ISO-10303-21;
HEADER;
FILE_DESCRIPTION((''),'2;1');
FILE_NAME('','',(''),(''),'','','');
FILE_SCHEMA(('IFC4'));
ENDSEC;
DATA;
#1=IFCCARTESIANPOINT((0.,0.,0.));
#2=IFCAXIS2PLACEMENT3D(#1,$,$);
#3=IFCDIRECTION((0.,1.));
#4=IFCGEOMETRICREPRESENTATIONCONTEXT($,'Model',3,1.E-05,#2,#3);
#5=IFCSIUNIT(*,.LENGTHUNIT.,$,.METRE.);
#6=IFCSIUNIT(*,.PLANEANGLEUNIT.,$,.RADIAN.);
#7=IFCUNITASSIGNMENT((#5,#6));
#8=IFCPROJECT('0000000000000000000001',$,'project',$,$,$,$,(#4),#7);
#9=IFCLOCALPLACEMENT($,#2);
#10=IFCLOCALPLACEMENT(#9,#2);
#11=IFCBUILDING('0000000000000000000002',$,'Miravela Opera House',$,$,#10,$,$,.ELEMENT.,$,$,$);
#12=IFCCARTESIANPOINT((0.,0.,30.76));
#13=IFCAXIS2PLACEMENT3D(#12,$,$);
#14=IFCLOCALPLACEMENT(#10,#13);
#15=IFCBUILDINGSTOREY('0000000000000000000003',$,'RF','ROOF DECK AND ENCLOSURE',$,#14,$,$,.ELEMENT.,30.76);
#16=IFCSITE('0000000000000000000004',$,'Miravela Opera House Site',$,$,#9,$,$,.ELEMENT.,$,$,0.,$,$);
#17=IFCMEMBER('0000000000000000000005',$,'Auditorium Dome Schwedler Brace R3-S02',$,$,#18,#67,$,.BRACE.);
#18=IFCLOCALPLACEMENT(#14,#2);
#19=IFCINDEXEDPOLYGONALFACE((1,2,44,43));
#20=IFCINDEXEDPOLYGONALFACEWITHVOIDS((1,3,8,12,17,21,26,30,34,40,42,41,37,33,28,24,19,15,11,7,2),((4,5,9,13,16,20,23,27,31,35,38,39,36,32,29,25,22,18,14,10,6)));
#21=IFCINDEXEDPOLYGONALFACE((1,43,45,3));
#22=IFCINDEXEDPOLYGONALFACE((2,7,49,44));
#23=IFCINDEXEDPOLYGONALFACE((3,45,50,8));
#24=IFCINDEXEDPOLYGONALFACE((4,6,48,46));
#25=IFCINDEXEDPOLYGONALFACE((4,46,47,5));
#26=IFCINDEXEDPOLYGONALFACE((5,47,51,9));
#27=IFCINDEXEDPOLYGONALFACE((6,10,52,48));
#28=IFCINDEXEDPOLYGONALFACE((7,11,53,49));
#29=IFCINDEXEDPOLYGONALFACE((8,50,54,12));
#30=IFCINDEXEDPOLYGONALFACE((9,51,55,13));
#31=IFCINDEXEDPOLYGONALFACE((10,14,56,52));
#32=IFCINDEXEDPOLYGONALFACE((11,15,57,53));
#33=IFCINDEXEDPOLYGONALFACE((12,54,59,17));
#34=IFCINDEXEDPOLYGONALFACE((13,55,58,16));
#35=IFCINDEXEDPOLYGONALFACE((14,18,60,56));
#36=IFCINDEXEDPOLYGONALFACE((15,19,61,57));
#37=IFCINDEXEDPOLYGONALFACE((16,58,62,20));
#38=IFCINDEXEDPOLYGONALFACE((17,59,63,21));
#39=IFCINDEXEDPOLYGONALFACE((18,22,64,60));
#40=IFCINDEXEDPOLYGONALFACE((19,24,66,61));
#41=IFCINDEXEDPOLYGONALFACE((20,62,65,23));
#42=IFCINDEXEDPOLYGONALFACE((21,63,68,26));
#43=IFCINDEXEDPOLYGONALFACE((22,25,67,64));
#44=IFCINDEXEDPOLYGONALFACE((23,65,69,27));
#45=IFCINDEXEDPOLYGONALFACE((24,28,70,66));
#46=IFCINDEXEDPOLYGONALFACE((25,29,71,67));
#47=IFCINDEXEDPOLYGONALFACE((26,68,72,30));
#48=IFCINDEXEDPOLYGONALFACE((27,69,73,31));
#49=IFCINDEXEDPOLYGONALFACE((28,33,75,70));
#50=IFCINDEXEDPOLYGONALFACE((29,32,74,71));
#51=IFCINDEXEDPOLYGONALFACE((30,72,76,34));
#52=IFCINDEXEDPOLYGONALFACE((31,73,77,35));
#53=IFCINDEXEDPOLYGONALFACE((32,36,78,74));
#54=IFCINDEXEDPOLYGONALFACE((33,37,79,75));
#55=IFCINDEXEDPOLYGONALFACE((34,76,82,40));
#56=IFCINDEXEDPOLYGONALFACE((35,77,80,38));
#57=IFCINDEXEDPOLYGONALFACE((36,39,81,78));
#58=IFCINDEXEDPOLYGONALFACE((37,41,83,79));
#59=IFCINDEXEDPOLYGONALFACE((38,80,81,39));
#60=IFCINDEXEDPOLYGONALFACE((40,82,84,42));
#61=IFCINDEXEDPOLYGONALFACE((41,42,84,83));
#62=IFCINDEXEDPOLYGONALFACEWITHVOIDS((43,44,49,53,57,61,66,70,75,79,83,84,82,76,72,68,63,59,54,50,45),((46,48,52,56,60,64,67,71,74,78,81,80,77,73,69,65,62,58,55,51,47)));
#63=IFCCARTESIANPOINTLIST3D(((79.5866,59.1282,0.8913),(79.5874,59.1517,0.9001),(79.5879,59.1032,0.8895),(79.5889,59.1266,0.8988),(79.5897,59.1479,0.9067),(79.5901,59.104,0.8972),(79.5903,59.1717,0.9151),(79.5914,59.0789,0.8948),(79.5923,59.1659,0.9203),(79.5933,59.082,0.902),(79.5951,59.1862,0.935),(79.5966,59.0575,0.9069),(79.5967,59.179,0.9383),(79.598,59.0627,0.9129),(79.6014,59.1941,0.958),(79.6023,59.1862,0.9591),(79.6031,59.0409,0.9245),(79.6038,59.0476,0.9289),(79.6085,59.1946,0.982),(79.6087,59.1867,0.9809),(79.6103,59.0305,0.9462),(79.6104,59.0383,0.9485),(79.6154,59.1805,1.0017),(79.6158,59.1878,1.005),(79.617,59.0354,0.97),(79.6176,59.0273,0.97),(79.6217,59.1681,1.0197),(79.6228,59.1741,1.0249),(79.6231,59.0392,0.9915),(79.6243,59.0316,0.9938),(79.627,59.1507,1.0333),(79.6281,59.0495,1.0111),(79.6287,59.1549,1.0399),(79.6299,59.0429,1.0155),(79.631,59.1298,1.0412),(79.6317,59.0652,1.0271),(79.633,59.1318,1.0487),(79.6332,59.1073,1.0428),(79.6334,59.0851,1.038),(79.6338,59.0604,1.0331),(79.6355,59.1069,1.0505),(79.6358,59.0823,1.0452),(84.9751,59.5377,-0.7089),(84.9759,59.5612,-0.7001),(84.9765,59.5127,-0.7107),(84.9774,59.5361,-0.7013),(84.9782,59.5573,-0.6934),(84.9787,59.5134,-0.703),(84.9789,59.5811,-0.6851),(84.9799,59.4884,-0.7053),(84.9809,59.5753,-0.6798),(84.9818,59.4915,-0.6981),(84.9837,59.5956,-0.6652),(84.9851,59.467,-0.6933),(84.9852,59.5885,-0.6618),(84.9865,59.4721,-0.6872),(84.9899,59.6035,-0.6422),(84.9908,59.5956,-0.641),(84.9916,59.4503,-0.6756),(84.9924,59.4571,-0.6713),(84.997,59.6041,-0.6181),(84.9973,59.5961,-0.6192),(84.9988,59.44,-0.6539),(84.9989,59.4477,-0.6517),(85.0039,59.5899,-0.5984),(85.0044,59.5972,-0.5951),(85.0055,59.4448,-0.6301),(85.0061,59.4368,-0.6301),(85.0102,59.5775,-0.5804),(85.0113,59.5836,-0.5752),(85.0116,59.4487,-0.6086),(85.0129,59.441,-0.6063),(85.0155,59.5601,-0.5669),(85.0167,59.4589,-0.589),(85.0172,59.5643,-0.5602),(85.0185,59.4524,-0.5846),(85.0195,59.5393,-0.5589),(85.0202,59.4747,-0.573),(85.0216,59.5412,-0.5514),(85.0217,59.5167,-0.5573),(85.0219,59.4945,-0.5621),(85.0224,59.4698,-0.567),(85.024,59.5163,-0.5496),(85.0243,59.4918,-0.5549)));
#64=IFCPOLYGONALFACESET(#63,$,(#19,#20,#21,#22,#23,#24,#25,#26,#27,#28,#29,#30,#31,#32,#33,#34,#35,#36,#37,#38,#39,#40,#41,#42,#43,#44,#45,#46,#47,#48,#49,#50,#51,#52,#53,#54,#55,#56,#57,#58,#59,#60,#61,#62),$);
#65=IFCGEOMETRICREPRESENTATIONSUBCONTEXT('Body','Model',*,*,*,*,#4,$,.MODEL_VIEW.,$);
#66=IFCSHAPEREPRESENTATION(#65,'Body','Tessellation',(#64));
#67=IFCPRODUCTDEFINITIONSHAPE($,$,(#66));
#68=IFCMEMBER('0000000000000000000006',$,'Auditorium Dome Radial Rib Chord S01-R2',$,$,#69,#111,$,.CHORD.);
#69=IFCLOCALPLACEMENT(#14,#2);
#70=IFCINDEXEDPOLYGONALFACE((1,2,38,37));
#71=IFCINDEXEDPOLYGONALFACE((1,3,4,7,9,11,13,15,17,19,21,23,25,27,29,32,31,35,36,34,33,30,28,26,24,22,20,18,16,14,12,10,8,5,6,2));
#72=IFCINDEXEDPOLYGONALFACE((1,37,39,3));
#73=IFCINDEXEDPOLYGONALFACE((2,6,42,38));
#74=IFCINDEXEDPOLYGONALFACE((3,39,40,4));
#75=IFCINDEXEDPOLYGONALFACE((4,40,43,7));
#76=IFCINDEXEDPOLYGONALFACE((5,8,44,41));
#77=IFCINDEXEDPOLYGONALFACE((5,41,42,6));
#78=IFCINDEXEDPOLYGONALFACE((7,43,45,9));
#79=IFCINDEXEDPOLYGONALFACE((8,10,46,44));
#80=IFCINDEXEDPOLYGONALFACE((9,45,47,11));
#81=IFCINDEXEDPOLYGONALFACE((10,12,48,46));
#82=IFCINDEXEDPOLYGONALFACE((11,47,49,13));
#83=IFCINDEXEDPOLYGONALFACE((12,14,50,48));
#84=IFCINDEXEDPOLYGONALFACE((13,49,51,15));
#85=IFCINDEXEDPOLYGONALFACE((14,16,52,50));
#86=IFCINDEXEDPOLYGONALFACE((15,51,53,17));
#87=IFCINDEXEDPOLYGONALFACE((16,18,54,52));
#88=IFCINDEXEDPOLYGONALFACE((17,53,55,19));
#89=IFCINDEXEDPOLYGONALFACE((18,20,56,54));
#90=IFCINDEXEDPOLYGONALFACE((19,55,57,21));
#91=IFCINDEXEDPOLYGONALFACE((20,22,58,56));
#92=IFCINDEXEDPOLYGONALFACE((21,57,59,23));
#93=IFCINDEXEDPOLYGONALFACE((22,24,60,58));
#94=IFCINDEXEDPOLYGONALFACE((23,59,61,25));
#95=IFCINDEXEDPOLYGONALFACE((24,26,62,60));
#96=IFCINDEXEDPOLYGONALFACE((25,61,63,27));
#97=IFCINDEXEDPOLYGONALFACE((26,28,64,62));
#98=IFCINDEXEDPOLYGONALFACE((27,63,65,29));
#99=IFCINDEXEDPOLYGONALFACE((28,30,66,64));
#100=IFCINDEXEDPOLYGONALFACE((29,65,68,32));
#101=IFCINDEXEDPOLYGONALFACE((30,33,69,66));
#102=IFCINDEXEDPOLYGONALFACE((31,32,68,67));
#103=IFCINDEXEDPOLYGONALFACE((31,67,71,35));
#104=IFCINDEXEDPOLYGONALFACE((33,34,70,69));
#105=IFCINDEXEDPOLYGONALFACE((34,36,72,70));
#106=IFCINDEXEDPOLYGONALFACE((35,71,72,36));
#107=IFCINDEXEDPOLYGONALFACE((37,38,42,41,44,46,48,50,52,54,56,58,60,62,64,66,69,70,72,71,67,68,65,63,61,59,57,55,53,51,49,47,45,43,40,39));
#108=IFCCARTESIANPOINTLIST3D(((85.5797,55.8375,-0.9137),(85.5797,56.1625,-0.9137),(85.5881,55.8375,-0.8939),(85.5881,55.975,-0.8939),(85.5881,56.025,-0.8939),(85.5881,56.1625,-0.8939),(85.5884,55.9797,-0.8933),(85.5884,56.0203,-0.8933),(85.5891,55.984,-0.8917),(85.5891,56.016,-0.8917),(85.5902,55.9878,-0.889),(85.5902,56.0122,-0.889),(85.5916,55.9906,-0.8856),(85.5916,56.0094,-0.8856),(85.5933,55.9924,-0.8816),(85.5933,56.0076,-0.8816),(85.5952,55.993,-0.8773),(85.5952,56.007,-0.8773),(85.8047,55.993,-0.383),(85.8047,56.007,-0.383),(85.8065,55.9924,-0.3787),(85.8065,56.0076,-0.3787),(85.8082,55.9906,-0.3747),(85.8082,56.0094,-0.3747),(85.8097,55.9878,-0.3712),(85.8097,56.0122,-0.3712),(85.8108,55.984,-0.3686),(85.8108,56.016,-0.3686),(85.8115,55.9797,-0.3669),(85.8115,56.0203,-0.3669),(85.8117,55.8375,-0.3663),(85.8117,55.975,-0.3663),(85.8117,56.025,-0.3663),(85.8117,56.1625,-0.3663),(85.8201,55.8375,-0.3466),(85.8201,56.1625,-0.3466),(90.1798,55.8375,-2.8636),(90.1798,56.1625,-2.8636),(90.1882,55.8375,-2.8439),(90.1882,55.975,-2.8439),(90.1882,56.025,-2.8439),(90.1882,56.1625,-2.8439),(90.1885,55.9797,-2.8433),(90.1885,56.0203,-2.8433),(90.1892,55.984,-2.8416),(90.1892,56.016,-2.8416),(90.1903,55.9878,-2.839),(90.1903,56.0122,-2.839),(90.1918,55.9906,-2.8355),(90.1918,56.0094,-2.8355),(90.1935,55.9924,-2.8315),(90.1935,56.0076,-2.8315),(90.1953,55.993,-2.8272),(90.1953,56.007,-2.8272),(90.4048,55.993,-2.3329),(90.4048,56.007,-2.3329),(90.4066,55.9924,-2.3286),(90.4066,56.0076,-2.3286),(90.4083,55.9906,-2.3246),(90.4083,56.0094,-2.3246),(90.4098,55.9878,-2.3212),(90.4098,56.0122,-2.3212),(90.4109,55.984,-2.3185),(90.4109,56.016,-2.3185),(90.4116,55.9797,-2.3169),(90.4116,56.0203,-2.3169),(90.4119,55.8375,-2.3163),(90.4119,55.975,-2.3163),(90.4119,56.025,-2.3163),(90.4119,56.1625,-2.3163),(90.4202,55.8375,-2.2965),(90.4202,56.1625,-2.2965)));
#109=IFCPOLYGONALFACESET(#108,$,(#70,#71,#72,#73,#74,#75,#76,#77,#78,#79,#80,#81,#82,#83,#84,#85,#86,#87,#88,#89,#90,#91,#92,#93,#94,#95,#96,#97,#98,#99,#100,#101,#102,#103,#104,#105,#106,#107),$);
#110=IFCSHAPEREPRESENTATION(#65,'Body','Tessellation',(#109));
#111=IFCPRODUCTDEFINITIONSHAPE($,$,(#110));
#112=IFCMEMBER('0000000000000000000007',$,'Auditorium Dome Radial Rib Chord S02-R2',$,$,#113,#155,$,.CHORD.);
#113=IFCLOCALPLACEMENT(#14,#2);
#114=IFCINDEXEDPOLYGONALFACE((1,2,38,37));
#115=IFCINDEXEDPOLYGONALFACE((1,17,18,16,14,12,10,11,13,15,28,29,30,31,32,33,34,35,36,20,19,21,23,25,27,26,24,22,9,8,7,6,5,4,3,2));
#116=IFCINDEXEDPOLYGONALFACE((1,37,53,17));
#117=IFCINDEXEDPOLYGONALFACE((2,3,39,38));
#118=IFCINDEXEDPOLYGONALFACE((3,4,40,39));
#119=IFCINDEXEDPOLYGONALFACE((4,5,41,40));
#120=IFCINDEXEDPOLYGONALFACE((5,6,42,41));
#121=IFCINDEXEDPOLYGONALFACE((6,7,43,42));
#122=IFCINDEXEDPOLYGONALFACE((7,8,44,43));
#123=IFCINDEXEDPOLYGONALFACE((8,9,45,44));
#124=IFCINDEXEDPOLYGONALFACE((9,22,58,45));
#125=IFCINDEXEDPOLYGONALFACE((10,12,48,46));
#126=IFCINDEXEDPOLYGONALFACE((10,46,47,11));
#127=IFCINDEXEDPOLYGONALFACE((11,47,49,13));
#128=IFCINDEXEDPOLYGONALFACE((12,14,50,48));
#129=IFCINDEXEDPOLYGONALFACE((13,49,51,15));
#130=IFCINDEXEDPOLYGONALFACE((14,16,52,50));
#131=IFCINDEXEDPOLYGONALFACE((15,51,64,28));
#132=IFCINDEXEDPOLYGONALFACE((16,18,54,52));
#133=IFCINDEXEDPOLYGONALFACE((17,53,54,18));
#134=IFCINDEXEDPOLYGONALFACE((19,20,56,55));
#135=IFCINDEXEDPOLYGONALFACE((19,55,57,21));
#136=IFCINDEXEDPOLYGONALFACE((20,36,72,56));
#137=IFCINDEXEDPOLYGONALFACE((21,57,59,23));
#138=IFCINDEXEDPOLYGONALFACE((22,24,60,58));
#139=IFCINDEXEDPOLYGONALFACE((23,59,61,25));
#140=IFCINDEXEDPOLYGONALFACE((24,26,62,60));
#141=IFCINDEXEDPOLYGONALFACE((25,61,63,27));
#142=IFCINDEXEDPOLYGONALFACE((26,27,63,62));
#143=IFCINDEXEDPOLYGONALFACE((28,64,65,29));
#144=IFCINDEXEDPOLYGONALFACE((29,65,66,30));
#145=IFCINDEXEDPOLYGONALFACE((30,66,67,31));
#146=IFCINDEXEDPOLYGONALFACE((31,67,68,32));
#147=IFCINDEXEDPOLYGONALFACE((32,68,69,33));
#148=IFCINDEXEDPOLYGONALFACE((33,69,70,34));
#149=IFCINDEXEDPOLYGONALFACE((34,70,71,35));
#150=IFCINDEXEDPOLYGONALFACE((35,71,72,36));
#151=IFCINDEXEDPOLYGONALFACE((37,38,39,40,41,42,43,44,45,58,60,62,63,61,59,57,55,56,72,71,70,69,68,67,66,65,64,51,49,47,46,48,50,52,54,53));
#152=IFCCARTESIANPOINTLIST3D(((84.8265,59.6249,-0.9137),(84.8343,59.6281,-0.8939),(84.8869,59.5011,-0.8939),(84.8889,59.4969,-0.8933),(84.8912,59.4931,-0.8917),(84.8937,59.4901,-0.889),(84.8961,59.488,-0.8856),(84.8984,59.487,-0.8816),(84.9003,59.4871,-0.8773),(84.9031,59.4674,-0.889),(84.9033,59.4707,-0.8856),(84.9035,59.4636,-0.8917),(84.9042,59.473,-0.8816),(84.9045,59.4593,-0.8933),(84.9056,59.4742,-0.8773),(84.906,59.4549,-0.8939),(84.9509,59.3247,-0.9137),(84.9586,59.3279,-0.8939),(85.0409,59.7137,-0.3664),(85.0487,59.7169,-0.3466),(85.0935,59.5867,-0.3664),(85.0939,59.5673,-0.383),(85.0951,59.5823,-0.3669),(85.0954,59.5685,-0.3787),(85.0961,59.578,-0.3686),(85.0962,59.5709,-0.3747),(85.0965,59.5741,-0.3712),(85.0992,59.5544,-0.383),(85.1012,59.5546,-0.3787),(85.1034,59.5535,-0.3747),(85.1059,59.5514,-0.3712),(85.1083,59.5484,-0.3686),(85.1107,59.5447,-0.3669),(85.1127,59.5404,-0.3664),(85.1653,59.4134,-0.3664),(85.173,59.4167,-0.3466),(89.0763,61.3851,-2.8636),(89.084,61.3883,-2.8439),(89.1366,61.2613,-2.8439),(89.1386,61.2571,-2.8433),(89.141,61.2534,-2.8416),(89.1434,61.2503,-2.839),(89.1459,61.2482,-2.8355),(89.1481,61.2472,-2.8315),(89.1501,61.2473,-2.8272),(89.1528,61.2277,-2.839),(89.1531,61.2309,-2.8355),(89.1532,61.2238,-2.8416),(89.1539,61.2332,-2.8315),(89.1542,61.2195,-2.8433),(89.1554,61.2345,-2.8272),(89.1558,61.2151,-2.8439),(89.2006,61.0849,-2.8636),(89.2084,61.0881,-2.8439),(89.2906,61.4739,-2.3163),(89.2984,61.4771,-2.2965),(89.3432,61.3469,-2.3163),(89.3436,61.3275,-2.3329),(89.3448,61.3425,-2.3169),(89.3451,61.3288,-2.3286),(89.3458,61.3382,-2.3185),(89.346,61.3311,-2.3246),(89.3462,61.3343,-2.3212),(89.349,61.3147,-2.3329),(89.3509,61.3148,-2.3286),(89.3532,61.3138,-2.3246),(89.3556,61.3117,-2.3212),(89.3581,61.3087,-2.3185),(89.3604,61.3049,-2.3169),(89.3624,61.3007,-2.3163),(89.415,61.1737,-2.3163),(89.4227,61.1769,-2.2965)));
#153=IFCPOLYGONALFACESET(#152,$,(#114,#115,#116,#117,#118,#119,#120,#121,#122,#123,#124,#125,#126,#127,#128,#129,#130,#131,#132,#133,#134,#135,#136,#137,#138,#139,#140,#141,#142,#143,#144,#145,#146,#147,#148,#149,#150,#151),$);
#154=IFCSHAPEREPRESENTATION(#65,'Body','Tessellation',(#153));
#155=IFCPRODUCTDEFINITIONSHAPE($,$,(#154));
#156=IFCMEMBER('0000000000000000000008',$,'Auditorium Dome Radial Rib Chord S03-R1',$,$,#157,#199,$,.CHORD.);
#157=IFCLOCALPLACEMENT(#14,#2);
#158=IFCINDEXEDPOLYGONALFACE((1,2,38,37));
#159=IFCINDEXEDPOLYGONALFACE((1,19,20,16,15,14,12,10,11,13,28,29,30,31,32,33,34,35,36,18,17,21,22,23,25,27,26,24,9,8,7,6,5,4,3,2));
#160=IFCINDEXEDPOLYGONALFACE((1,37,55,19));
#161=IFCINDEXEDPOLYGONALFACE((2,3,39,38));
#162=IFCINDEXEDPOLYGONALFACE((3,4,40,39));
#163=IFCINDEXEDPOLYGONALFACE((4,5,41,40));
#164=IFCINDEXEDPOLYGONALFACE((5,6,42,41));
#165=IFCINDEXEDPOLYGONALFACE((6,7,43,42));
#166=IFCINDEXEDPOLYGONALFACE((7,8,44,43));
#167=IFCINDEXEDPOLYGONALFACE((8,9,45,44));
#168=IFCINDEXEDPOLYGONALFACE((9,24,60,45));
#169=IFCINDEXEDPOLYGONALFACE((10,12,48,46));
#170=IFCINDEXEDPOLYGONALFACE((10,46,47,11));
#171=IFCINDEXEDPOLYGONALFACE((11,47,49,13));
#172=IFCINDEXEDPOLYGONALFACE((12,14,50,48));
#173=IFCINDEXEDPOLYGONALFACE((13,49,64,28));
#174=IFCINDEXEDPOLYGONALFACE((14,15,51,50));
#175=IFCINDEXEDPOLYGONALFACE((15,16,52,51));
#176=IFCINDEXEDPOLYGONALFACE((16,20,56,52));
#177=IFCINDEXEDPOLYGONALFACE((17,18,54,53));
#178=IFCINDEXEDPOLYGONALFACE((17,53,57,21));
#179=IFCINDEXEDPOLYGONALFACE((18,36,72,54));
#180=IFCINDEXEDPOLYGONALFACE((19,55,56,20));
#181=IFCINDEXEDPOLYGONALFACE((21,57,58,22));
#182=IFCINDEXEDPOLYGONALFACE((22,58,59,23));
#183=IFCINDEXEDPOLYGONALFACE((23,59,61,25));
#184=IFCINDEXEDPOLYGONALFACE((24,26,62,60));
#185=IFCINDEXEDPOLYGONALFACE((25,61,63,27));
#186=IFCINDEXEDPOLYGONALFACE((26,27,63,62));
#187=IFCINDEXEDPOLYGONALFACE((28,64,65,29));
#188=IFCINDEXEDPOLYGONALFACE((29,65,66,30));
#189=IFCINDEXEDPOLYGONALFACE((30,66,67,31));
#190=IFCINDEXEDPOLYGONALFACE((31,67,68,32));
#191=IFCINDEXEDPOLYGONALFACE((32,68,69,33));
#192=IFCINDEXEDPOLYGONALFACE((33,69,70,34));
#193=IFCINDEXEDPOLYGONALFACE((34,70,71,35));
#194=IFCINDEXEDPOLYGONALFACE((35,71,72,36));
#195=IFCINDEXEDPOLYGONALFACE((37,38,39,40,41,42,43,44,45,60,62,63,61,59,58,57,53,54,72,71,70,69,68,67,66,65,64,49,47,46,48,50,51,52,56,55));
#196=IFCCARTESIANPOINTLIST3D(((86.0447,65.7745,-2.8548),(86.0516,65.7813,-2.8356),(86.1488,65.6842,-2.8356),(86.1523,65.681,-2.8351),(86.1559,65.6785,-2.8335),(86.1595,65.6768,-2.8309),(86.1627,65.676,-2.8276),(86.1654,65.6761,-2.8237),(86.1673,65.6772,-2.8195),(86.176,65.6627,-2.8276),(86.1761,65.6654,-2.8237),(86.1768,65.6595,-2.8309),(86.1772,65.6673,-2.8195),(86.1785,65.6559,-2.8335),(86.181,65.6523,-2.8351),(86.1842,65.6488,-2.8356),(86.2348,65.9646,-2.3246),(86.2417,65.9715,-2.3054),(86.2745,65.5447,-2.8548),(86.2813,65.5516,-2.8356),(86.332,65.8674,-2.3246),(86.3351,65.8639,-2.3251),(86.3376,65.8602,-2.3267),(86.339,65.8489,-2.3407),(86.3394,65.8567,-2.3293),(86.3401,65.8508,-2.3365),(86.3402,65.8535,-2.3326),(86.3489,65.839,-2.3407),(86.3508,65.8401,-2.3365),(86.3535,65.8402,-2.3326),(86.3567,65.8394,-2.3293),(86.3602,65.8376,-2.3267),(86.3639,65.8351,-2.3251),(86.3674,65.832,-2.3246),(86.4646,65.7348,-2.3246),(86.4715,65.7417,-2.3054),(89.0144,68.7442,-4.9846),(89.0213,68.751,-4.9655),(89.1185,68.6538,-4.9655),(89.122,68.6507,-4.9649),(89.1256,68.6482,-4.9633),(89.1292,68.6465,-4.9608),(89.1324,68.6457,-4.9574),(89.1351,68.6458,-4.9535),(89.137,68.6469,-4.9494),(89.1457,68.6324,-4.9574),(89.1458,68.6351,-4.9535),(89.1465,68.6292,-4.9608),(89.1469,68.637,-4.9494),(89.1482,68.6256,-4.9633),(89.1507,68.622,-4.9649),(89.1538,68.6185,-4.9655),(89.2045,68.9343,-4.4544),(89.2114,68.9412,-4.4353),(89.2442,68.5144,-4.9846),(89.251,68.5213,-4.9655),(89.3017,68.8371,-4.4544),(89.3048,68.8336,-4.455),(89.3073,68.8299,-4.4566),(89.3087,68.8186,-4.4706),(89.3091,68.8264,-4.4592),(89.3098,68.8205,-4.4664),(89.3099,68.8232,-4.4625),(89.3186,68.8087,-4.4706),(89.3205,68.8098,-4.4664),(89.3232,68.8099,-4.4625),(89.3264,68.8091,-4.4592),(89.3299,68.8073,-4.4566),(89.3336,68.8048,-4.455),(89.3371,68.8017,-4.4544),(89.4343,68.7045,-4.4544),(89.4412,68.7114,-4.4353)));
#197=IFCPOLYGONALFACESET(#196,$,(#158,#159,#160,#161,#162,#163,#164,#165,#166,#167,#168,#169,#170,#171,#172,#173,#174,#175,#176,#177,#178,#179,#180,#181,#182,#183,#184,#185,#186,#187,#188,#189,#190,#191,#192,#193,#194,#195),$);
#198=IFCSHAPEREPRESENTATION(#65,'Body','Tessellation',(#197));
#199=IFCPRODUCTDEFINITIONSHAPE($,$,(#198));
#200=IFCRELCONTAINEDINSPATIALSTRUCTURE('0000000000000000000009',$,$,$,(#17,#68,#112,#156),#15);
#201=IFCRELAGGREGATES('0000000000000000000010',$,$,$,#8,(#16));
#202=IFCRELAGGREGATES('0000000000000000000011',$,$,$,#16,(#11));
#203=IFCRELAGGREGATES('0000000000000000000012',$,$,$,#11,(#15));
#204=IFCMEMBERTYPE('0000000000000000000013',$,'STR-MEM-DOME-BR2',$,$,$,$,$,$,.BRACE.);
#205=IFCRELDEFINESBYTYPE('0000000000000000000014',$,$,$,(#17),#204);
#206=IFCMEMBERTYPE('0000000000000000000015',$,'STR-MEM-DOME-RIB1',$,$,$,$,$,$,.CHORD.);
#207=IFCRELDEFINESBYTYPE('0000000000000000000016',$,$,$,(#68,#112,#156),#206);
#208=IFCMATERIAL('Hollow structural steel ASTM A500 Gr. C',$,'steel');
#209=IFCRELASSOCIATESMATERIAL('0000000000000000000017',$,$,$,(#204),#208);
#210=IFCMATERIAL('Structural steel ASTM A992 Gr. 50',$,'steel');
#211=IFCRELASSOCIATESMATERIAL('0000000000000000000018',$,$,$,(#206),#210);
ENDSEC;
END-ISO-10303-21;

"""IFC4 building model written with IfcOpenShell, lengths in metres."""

from ifc_helpers import new_model, si_unit, direction, frame, origin, origin_2d, place, context, subcontext, project, spatial, hollow_circle, i_section, extrude, material, material_profile, profile_set, type_object, element, save


model = new_model("IFC4")

# Units and contexts
model_context = context("Model", 3, precision=1e-05, world=origin(), true_north=direction((0.0, 1.0)))
body_context = subcontext(model_context, "Body", "Model", "MODEL_VIEW")
ifc_project = project(units=[si_unit("LENGTHUNIT", "METRE"), si_unit("PLANEANGLEUNIT", "RADIAN")], contexts=[model_context])

# Site, building, storey
site_placement = place(None, origin())
site = spatial("IfcSite", under=ifc_project, at=site_placement, Name="Miravela Opera House Site", CompositionType="ELEMENT", RefElevation=0.0)
building_placement = place(site_placement, origin())
building = spatial("IfcBuilding", under=site, at=building_placement, Name="Miravela Opera House", CompositionType="ELEMENT")
storey_placement = place(building_placement, frame((0.0, 0.0, 30.76)))
storey = spatial("IfcBuildingStorey", under=building, at=storey_placement, Name="RF", Description="ROOF DECK AND ENCLOSURE", CompositionType="ELEMENT", Elevation=30.76)

# Shared definitions
ifc_material_1 = material(Name="Structural steel ASTM A992 Gr. 50", Category="steel")

# Members
ifc_material_2 = material(Name="Hollow structural steel ASTM A500 Gr. C", Category="steel")
ifc_material_profile_1 = material_profile(ifc_material_2, hollow_circle(Radius=0.0842, WallThickness=0.0081, at=origin_2d()), Name="CHS168X8")
ifc_profile_set_1 = profile_set([ifc_material_profile_1])
member_type_1 = type_object("IfcMemberType", Name="STR-MEM-DOME-BR2", PredefinedType="BRACE", material=ifc_profile_set_1)
member_1_placement = place(storey_placement, frame((84.9998, 59.5208, -0.6301), z_axis=(-0.956094, -0.072646, 0.283913), x_axis=(0.075764, -0.997126, 0.0)))
element("IfcMember", 1, at=member_1_placement, inside=storey, type_object=member_type_1, Name="Auditorium Dome Schwedler Brace R3-S02", PredefinedType="BRACE", context=body_context, shape_type="SweptSolid", body=[
    extrude(hollow_circle(Radius=0.0842, WallThickness=0.0081, at=origin_2d()), origin(), (0.0, 0.0, 1.0), 5.636),
])
ifc_material_profile_2 = material_profile(ifc_material_1, i_section(OverallWidth=0.325, OverallDepth=0.616, WebThickness=0.0139, FlangeThickness=0.0215, FilletRadius=0.0181, at=origin_2d()), Name="W610X174")
ifc_profile_set_2 = profile_set([ifc_material_profile_2])
member_type_2 = type_object("IfcMemberType", Name="STR-MEM-DOME-RIB1", PredefinedType="CHORD", material=ifc_profile_set_2)
member_2_placement = place(storey_placement, frame((90.3, 56.0, -2.5801), z_axis=(-0.920697, 0.0, 0.390278), x_axis=(0.0, -1.0, 0.0)))
element("IfcMember", 2, at=member_2_placement, inside=storey, type_object=member_type_2, Name="Auditorium Dome Radial Rib Chord S01-R2", PredefinedType="CHORD", context=body_context, shape_type="SweptSolid", body=[
    extrude(i_section(OverallWidth=0.325, OverallDepth=0.616, WebThickness=0.0139, FlangeThickness=0.0215, FilletRadius=0.0181, at=origin_2d()), origin(), (0.0, 0.0, 1.0), 4.9963),
])
member_3_placement = place(storey_placement, frame((89.2495, 61.281, -2.5801), z_axis=(-0.850611, -0.352324, 0.390293), x_axis=(0.382674, -0.923884, 0.0)))
element("IfcMember", 3, at=member_3_placement, inside=storey, type_object=member_type_2, Name="Auditorium Dome Radial Rib Chord S02-R2", PredefinedType="CHORD", context=body_context, shape_type="SweptSolid", body=[
    extrude(i_section(OverallWidth=0.325, OverallDepth=0.616, WebThickness=0.0139, FlangeThickness=0.0215, FilletRadius=0.0181, at=origin_2d()), origin(), (0.0, 0.0, 1.0), 4.9961),
])
member_4_placement = place(storey_placement, frame((89.2278, 68.7278, -4.71), z_axis=(-0.630645, -0.630645, 0.452298), x_axis=(0.707107, -0.707107, 0.0)))
element("IfcMember", 4, at=member_4_placement, inside=storey, type_object=member_type_2, Name="Auditorium Dome Radial Rib Chord S03-R1", PredefinedType="CHORD", context=body_context, shape_type="SweptSolid", body=[
    extrude(i_section(OverallWidth=0.325, OverallDepth=0.616, WebThickness=0.0139, FlangeThickness=0.0215, FilletRadius=0.0181, at=origin_2d()), origin(), (0.0, 0.0, 1.0), 4.709),
])

save(model, "model.ifc")
